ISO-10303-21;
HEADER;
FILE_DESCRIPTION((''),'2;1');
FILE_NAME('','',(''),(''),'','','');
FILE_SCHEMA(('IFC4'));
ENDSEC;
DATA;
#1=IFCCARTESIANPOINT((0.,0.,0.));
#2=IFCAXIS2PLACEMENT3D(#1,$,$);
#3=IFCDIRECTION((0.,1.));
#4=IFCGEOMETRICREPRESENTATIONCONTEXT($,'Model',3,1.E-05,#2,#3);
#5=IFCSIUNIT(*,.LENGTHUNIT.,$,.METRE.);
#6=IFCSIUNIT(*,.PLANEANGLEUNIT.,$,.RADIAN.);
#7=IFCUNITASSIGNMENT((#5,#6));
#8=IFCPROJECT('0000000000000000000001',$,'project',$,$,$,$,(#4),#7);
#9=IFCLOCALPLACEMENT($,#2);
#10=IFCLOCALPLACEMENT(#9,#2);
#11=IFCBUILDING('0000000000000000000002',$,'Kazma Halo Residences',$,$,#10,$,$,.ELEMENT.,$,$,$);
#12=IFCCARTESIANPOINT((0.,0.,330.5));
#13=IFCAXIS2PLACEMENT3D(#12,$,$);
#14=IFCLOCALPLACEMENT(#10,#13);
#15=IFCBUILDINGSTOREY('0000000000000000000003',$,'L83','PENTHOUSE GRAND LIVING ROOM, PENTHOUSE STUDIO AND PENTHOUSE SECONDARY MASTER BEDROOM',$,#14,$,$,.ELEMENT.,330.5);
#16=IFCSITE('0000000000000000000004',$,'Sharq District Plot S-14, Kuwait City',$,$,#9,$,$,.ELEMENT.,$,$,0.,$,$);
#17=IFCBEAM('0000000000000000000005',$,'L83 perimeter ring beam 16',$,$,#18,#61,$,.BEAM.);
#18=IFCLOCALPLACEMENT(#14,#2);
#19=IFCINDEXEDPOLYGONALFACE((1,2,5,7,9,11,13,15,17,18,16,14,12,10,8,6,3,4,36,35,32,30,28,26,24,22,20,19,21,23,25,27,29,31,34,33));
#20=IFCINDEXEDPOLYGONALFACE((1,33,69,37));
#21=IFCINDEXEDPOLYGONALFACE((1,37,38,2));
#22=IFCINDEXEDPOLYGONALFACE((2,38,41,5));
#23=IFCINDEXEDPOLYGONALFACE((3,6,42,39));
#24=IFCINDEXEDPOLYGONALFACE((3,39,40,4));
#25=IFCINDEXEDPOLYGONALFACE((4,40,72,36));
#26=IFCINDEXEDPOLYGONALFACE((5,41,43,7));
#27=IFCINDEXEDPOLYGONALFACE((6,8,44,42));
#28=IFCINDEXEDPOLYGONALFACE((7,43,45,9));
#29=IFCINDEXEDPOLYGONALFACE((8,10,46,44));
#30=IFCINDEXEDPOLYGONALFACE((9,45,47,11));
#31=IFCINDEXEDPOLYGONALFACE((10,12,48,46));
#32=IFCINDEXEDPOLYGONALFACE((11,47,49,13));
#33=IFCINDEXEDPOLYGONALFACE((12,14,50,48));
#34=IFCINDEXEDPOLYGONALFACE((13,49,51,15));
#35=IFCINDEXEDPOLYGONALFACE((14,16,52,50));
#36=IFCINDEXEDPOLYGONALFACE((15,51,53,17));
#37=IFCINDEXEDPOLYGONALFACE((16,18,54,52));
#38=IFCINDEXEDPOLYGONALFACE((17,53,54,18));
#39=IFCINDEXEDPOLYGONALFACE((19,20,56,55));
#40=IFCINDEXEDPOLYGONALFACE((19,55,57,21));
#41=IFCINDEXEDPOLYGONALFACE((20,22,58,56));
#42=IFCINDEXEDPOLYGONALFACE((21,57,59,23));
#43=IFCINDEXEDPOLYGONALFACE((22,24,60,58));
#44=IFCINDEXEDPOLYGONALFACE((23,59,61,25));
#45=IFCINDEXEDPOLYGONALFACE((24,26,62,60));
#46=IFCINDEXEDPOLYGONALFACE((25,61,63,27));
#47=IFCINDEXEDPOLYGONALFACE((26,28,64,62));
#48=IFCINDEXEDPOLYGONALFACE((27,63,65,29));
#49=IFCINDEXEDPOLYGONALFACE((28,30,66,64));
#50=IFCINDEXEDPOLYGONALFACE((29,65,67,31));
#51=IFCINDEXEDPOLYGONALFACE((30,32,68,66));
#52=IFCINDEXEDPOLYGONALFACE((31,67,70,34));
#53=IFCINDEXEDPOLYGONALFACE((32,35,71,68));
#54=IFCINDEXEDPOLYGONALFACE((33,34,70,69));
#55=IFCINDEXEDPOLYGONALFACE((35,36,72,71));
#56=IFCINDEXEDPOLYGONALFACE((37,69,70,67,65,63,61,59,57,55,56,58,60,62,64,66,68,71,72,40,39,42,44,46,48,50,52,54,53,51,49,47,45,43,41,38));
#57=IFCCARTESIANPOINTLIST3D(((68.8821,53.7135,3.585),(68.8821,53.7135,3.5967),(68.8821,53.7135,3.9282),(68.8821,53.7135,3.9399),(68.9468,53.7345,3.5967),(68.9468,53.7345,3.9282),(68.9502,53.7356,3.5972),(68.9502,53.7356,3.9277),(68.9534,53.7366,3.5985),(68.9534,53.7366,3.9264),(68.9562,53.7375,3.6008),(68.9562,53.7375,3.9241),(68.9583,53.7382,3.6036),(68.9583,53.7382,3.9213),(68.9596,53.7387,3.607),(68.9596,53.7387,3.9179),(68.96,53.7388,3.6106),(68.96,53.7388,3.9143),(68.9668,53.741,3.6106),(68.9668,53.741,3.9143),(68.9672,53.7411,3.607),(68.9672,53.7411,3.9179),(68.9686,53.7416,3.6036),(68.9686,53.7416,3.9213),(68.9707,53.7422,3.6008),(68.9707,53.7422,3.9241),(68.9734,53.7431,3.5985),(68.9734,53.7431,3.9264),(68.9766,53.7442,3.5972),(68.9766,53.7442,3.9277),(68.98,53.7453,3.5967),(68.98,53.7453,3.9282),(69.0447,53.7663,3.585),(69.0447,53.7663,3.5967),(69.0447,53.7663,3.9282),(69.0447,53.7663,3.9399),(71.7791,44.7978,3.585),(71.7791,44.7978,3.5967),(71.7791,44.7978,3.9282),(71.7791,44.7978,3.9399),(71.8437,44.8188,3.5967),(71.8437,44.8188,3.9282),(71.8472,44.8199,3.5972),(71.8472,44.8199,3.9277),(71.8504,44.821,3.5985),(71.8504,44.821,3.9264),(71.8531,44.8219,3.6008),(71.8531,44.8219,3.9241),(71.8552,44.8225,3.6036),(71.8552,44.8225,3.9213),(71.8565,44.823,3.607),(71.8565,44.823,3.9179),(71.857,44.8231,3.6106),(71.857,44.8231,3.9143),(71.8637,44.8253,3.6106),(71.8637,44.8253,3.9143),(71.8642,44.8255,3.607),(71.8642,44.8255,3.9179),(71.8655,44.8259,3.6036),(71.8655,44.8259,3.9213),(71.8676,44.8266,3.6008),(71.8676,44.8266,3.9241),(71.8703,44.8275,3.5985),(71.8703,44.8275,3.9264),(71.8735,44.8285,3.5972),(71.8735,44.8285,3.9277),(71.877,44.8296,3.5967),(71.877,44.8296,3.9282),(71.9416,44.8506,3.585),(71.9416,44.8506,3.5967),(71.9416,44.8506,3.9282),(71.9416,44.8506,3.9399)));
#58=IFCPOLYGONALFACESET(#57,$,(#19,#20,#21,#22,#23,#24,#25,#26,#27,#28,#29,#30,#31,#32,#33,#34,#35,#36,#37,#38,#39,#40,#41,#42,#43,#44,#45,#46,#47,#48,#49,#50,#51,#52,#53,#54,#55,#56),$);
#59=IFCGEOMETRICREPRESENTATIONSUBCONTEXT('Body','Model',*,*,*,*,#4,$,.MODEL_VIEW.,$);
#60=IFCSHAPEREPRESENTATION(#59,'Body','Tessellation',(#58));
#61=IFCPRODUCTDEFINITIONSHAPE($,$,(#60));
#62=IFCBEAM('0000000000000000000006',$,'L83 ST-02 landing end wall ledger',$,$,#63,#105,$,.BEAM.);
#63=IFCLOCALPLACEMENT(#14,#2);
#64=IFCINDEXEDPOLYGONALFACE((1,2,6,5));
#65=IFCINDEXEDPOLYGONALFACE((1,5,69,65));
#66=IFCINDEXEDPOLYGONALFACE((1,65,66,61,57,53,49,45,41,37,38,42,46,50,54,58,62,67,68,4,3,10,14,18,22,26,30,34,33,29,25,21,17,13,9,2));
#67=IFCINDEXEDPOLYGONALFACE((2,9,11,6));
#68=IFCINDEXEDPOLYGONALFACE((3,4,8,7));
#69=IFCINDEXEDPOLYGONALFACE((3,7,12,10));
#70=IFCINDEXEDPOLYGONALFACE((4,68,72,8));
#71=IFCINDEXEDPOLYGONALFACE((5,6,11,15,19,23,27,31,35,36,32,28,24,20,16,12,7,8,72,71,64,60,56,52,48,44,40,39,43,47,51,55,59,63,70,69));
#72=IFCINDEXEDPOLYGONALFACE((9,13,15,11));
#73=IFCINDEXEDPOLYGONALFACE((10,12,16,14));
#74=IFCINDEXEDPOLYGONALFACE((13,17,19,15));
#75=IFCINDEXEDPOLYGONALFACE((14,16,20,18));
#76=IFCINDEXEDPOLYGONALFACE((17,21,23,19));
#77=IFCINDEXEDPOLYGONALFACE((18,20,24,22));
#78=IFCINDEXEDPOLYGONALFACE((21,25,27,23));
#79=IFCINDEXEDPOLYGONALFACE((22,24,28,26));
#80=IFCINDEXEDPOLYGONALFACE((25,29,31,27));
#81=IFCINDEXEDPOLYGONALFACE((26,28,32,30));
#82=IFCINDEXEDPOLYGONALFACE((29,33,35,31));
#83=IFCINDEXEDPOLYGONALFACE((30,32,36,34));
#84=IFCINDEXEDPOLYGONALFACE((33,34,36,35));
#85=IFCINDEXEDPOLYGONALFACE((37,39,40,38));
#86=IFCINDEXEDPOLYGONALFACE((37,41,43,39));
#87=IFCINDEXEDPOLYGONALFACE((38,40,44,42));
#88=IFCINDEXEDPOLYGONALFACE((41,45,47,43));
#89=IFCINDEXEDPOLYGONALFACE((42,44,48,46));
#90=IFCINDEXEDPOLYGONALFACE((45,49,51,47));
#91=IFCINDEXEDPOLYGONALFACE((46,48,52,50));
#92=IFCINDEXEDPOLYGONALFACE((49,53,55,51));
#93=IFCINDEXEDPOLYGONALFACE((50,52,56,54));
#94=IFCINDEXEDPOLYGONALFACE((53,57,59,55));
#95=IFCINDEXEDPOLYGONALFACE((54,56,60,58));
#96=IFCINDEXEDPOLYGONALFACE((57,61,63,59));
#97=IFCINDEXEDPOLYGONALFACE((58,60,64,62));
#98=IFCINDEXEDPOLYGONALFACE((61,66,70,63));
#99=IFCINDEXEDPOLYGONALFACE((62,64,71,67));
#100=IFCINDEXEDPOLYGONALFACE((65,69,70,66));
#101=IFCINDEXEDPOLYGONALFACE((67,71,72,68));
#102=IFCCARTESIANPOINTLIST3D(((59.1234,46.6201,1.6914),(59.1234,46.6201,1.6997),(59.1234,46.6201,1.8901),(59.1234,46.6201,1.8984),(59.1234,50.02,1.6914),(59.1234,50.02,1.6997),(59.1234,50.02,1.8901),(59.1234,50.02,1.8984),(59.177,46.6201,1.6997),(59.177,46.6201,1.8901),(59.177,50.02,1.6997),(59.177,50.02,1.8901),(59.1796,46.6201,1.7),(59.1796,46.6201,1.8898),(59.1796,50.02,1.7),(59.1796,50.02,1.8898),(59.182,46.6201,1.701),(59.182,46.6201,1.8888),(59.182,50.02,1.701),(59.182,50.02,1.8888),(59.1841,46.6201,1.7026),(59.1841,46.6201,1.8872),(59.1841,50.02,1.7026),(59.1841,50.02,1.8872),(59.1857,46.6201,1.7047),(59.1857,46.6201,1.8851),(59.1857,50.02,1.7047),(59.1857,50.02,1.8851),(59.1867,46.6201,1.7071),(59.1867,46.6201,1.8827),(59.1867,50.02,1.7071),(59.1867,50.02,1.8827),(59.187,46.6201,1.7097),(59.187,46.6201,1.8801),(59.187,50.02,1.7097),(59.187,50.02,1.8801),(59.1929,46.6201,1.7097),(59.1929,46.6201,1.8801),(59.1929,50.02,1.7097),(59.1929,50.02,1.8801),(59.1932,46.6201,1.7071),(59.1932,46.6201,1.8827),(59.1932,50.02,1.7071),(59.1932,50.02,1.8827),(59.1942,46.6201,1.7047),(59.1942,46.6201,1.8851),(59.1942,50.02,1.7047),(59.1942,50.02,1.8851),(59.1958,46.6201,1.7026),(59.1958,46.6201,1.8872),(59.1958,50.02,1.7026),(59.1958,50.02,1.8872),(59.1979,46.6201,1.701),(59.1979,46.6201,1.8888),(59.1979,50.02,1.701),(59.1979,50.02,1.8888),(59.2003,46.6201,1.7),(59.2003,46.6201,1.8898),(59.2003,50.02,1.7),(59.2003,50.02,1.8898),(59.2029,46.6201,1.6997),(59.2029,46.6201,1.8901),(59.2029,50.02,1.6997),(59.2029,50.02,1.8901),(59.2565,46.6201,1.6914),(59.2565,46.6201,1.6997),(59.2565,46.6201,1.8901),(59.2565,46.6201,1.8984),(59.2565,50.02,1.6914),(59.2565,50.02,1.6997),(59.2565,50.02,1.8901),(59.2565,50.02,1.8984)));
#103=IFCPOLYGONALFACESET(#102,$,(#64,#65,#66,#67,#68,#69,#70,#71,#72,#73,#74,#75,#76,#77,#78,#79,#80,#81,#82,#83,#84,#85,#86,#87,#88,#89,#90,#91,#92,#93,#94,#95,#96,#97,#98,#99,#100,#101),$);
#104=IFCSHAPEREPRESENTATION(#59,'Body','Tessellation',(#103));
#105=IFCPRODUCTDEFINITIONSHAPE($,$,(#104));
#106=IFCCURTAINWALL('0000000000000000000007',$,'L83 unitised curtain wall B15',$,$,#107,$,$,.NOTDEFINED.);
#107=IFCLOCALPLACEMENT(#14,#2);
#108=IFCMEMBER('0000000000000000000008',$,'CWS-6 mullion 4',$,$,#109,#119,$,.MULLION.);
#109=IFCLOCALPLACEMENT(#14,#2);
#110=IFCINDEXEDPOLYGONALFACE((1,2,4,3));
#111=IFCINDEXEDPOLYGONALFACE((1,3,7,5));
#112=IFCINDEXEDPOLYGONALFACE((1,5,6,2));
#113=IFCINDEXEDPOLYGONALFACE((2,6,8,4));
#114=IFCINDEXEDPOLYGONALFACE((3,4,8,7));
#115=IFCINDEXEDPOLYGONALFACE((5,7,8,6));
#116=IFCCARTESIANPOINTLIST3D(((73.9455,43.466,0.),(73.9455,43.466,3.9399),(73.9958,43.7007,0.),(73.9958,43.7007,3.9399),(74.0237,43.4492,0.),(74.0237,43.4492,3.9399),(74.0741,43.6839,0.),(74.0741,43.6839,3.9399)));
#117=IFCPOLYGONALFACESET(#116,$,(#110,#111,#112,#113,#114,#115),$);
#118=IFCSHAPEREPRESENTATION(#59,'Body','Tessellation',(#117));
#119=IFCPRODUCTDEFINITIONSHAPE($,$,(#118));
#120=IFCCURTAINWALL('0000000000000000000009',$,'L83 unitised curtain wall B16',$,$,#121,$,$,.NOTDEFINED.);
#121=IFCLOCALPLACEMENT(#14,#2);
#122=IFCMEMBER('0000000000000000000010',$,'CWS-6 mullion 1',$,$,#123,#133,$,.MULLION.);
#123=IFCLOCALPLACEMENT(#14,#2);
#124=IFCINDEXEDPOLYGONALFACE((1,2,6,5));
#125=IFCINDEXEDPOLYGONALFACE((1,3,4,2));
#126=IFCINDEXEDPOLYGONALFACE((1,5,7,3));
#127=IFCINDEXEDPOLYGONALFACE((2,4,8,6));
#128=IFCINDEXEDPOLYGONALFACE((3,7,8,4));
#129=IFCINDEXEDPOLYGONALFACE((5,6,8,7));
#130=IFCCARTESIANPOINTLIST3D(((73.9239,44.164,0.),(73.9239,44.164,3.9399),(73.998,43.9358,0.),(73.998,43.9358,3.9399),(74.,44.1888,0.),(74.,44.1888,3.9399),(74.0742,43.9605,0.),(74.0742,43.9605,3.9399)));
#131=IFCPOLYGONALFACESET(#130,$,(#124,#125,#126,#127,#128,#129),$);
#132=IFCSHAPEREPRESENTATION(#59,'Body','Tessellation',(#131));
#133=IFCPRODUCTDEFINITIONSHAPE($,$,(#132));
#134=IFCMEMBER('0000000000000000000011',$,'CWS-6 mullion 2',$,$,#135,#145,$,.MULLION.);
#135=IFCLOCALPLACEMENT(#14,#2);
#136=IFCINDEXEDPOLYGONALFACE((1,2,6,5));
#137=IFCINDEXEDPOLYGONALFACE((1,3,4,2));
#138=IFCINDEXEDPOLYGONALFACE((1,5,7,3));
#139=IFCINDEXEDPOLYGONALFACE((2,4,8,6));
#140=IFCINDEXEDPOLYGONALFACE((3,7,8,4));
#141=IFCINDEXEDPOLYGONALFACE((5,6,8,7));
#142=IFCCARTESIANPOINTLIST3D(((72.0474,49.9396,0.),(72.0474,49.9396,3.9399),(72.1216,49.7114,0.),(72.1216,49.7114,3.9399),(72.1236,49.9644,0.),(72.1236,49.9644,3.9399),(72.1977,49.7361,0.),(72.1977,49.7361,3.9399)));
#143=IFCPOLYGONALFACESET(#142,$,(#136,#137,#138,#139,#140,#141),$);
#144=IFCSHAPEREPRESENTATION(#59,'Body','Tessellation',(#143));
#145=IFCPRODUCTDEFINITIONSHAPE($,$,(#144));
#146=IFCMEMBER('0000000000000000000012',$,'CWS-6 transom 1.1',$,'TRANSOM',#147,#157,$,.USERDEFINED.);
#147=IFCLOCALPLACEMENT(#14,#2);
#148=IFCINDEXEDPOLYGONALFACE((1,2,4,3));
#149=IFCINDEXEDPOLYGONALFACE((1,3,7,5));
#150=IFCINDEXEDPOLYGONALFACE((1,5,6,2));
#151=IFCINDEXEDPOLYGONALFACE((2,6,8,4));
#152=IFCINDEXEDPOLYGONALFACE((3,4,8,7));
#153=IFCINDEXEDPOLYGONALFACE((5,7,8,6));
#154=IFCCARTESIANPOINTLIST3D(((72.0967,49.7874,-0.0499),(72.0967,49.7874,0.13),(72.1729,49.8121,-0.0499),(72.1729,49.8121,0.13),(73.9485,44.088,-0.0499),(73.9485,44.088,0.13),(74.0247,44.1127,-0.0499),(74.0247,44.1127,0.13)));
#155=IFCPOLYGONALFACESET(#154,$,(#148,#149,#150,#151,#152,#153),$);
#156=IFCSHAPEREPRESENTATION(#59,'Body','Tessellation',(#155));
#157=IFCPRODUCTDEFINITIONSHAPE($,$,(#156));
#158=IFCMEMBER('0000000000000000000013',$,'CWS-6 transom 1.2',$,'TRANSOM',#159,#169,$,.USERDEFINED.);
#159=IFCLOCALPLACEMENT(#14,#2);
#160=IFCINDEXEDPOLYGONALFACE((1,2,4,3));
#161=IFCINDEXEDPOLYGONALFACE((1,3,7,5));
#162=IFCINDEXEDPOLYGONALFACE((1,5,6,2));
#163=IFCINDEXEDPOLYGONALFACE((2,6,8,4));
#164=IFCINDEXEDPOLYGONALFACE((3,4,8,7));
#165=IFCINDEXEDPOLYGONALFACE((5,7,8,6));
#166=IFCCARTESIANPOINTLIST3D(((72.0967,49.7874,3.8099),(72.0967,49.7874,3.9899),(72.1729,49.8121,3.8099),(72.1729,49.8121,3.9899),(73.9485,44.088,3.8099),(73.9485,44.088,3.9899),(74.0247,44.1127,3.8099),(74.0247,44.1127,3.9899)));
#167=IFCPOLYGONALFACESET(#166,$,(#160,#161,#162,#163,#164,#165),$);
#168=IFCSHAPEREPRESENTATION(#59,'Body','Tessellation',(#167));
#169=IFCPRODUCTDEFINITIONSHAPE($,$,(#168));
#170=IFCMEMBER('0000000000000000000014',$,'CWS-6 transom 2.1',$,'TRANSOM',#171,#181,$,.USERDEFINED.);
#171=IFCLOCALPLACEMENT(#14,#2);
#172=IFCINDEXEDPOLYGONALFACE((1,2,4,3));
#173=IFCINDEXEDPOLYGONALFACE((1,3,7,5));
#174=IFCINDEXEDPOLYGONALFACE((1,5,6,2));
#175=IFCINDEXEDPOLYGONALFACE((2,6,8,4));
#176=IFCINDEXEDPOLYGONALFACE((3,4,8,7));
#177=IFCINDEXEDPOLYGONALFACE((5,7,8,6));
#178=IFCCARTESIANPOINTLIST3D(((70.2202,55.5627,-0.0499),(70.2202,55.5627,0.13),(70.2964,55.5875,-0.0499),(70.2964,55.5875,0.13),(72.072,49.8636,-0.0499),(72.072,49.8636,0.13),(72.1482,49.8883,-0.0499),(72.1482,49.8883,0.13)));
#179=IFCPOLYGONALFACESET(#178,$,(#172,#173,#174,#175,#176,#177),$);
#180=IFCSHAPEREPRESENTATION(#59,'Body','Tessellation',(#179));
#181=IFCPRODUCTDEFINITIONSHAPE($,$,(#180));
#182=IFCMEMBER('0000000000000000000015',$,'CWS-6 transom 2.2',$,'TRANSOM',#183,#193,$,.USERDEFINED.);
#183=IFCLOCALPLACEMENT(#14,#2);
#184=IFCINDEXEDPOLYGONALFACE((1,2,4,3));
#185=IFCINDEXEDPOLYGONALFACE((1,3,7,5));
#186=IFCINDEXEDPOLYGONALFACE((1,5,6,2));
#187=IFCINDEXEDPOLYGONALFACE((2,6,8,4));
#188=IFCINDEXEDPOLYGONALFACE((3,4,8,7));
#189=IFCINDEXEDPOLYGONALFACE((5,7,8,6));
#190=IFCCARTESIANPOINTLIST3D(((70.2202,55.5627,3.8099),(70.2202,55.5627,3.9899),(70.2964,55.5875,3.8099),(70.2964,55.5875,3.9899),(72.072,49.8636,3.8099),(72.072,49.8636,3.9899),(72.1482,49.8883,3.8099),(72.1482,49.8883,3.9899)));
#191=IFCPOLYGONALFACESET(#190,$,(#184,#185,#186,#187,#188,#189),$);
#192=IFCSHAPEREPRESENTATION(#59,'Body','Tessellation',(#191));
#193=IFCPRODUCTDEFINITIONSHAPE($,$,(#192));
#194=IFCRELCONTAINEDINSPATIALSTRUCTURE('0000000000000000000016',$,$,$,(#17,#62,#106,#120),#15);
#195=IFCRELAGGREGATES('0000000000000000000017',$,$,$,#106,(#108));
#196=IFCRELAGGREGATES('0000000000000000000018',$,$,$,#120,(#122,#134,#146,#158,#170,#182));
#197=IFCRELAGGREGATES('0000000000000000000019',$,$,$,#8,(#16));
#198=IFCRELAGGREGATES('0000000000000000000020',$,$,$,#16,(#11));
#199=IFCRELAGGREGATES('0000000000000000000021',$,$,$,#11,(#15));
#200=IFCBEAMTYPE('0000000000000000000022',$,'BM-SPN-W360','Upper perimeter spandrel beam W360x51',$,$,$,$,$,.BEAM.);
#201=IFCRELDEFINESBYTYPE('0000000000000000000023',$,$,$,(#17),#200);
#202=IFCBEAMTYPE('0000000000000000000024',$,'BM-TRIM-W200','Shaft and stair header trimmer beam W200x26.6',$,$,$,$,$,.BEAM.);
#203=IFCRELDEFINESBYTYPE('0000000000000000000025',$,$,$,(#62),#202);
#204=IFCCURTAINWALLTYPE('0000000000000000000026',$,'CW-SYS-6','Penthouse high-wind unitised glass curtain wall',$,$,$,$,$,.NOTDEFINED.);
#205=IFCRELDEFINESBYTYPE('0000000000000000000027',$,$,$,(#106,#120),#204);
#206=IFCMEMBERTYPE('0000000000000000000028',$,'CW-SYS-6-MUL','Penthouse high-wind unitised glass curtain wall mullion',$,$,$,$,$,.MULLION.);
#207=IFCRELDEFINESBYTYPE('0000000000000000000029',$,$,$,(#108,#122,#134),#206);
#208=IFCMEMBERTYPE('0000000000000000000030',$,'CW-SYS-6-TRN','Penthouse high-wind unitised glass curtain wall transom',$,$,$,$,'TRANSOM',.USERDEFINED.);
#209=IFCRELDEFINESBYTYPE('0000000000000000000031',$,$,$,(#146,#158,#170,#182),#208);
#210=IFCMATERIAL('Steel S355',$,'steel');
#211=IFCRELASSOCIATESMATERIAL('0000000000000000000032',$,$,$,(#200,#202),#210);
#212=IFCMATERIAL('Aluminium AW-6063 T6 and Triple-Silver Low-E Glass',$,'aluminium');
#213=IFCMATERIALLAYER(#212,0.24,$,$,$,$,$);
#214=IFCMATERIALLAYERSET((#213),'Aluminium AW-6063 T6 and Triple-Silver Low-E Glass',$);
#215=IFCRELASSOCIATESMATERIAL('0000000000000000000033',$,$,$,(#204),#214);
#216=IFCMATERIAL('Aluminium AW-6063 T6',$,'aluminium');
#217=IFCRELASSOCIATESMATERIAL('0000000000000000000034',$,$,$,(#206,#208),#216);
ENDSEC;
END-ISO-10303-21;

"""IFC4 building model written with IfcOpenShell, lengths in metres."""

from ifc_helpers import new_model, si_unit, direction, frame, origin, origin_2d, place, context, subcontext, project, spatial, rectangle, i_section, extrude, material, layer, layer_set, material_profile, profile_set, type_object, element, aggregate, save


model = new_model("IFC4")

# Units and contexts
model_context = context("Model", 3, precision=1e-05, world=origin(), true_north=direction((0.0, 1.0)))
body_context = subcontext(model_context, "Body", "Model", "MODEL_VIEW")
ifc_project = project(units=[si_unit("LENGTHUNIT", "METRE"), si_unit("PLANEANGLEUNIT", "RADIAN")], contexts=[model_context])

# Site, building, storey
site_placement = place(None, origin())
site = spatial("IfcSite", under=ifc_project, at=site_placement, Name="Sharq District Plot S-14, Kuwait City", CompositionType="ELEMENT", RefElevation=0.0)
building_placement = place(site_placement, origin())
building = spatial("IfcBuilding", under=site, at=building_placement, Name="Kazma Halo Residences", CompositionType="ELEMENT")
storey_placement = place(building_placement, frame((0.0, 0.0, 330.5)))
storey = spatial("IfcBuildingStorey", under=building, at=storey_placement, Name="L83", Description="PENTHOUSE GRAND LIVING ROOM, PENTHOUSE STUDIO AND PENTHOUSE SECONDARY MASTER BEDROOM", CompositionType="ELEMENT", Elevation=330.5)

# Beams
ifc_material_1 = material(Name="Steel S355", Category="steel")
ifc_material_profile_1 = material_profile(ifc_material_1, i_section(OverallWidth=0.1709, OverallDepth=0.355, WebThickness=0.0071, FlangeThickness=0.0117, FilletRadius=0.0139, at=origin_2d()), Name="W360x51")
ifc_profile_set_1 = profile_set([ifc_material_profile_1], Name="Steel S355")
beam_type_1 = type_object("IfcBeamType", Name="BM-SPN-W360", Description="Upper perimeter spandrel beam W360x51", PredefinedType="BEAM", material=ifc_profile_set_1)
beam_1_placement = place(storey_placement, frame((71.8604, 44.8242, 3.7625), z_axis=(-0.309023, 0.951055, 0.0), x_axis=(-0.951055, -0.309023, 0.0)))
element("IfcBeam", 1, at=beam_1_placement, inside=storey, type_object=beam_type_1, Name="L83 perimeter ring beam 16", PredefinedType="BEAM", context=body_context, shape_type="SweptSolid", body=[
    extrude(i_section(OverallWidth=0.1709, OverallDepth=0.355, WebThickness=0.0071, FlangeThickness=0.0117, FilletRadius=0.0139, at=origin_2d()), origin(), (0.0, 0.0, 1.0), 9.3745),
])
ifc_material_profile_2 = material_profile(ifc_material_1, i_section(OverallWidth=0.1331, OverallDepth=0.207, WebThickness=0.0059, FlangeThickness=0.0083, FilletRadius=0.01, at=origin_2d()), Name="W200x26.6")
ifc_profile_set_2 = profile_set([ifc_material_profile_2], Name="Steel S355")
beam_type_2 = type_object("IfcBeamType", Name="BM-TRIM-W200", Description="Shaft and stair header trimmer beam W200x26.6", PredefinedType="BEAM", material=ifc_profile_set_2)
beam_2_placement = place(storey_placement, frame((59.1899, 46.6201, 1.7949), z_axis=(0.0, 1.0, 0.0), x_axis=(-1.0, 0.0, 0.0)))
element("IfcBeam", 2, at=beam_2_placement, inside=storey, type_object=beam_type_2, Name="L83 ST-02 landing end wall ledger", PredefinedType="BEAM", context=body_context, shape_type="SweptSolid", body=[
    extrude(i_section(OverallWidth=0.1331, OverallDepth=0.207, WebThickness=0.0059, FlangeThickness=0.0083, FilletRadius=0.01, at=origin_2d()), origin(), (0.0, 0.0, 1.0), 3.3999),
])

# Curtain wall, member
ifc_material_2 = material(Name="Aluminium AW-6063 T6 and Triple-Silver Low-E Glass", Category="aluminium")
ifc_layer_1 = layer(ifc_material_2, 0.24)
ifc_layer_set_1 = layer_set([ifc_layer_1], Name="Aluminium AW-6063 T6 and Triple-Silver Low-E Glass")
curtain_wall_type = type_object("IfcCurtainWallType", Name="CW-SYS-6", Description="Penthouse high-wind unitised glass curtain wall", PredefinedType="NOTDEFINED", material=ifc_layer_set_1)
curtain_wall_1_placement = place(storey_placement, origin())
curtain_wall_1 = element("IfcCurtainWall", 3, at=curtain_wall_1_placement, inside=storey, type_object=curtain_wall_type, Name="L83 unitised curtain wall B15", PredefinedType="NOTDEFINED")
ifc_material_3 = material(Name="Aluminium AW-6063 T6", Category="aluminium")
ifc_material_profile_3 = material_profile(ifc_material_3, rectangle(XDim=0.0801, YDim=0.24, at=origin_2d()), Name="CWM-80x240")
ifc_profile_set_3 = profile_set([ifc_material_profile_3], Name="Aluminium AW-6063 T6")
member_type_1 = type_object("IfcMemberType", Name="CW-SYS-6-MUL", Description="Penthouse high-wind unitised glass curtain wall mullion", PredefinedType="MULLION", material=ifc_profile_set_3)
member_1_placement = place(storey_placement, frame((74.0098, 43.575, 0.0), z_axis=(0.0, 0.0, 1.0), x_axis=(-0.977761, 0.209723, 0.0)))
member_1 = element("IfcMember", 4, at=member_1_placement, type_object=member_type_1, Name="CWS-6 mullion 4", PredefinedType="MULLION", context=body_context, shape_type="SweptSolid", body=[
    extrude(rectangle(XDim=0.0801, YDim=0.24, at=origin_2d()), origin(), (0.0, 0.0, 1.0), 3.9399),
])

# Curtain wall, members
curtain_wall_2_placement = place(storey_placement, origin())
curtain_wall_2 = element("IfcCurtainWall", 5, at=curtain_wall_2_placement, inside=storey, type_object=curtain_wall_type, Name="L83 unitised curtain wall B16", PredefinedType="NOTDEFINED")
member_2_placement = place(storey_placement, frame((73.999, 44.0623, 0.0), z_axis=(0.0, 0.0, 1.0), x_axis=(-0.951056, -0.309019, 0.0)))
member_2 = element("IfcMember", 6, at=member_2_placement, type_object=member_type_1, Name="CWS-6 mullion 1", PredefinedType="MULLION", context=body_context, shape_type="SweptSolid", body=[
    extrude(rectangle(XDim=0.0801, YDim=0.24, at=origin_2d()), origin(), (0.0, 0.0, 1.0), 3.9399),
])
member_3_placement = place(storey_placement, frame((72.1226, 49.8379, 0.0), z_axis=(0.0, 0.0, 1.0), x_axis=(-0.951056, -0.309019, 0.0)))
member_3 = element("IfcMember", 7, at=member_3_placement, type_object=member_type_1, Name="CWS-6 mullion 2", PredefinedType="MULLION", context=body_context, shape_type="SweptSolid", body=[
    extrude(rectangle(XDim=0.0801, YDim=0.24, at=origin_2d()), origin(), (0.0, 0.0, 1.0), 3.9399),
])
ifc_material_profile_4 = material_profile(ifc_material_3, rectangle(XDim=0.0801, YDim=0.1799, at=origin_2d()), Name="CWT-80x180")
ifc_profile_set_4 = profile_set([ifc_material_profile_4], Name="Aluminium AW-6063 T6")
member_type_2 = type_object("IfcMemberType", Name="CW-SYS-6-TRN", Description="Penthouse high-wind unitised glass curtain wall transom", ElementType="TRANSOM", PredefinedType="USERDEFINED", material=ifc_profile_set_4)
member_4_placement = place(storey_placement, frame((73.9866, 44.1003, 0.04), z_axis=(-0.309008, 0.95106, 0.0), x_axis=(-0.95106, -0.309008, 0.0)))
member_4 = element("IfcMember", 8, at=member_4_placement, type_object=member_type_2, Name="CWS-6 transom 1.1", ObjectType="TRANSOM", PredefinedType="USERDEFINED", context=body_context, shape_type="SweptSolid", body=[
    extrude(rectangle(XDim=0.0801, YDim=0.1799, at=origin_2d()), origin(), (0.0, 0.0, 1.0), 5.9927),
])
member_5_placement = place(storey_placement, frame((73.9866, 44.1003, 3.8999), z_axis=(-0.309008, 0.95106, 0.0), x_axis=(-0.95106, -0.309008, 0.0)))
member_5 = element("IfcMember", 9, at=member_5_placement, type_object=member_type_2, Name="CWS-6 transom 1.2", ObjectType="TRANSOM", PredefinedType="USERDEFINED", context=body_context, shape_type="SweptSolid", body=[
    extrude(rectangle(XDim=0.0801, YDim=0.1799, at=origin_2d()), origin(), (0.0, 0.0, 1.0), 5.9927),
])
member_6_placement = place(storey_placement, frame((72.1101, 49.876, 0.04), z_axis=(-0.30902, 0.951056, 0.0), x_axis=(-0.951056, -0.30902, 0.0)))
member_6 = element("IfcMember", 10, at=member_6_placement, type_object=member_type_2, Name="CWS-6 transom 2.1", ObjectType="TRANSOM", PredefinedType="USERDEFINED", context=body_context, shape_type="SweptSolid", body=[
    extrude(rectangle(XDim=0.0801, YDim=0.1799, at=origin_2d()), origin(), (0.0, 0.0, 1.0), 5.9924),
])
member_7_placement = place(storey_placement, frame((72.1101, 49.876, 3.8999), z_axis=(-0.30902, 0.951056, 0.0), x_axis=(-0.951056, -0.30902, 0.0)))
member_7 = element("IfcMember", 11, at=member_7_placement, type_object=member_type_2, Name="CWS-6 transom 2.2", ObjectType="TRANSOM", PredefinedType="USERDEFINED", context=body_context, shape_type="SweptSolid", body=[
    extrude(rectangle(XDim=0.0801, YDim=0.1799, at=origin_2d()), origin(), (0.0, 0.0, 1.0), 5.9924),
])

aggregate(curtain_wall_1, [member_1])
aggregate(curtain_wall_2, [member_2, member_3, member_4, member_5, member_6, member_7])

save(model, "model.ifc")
